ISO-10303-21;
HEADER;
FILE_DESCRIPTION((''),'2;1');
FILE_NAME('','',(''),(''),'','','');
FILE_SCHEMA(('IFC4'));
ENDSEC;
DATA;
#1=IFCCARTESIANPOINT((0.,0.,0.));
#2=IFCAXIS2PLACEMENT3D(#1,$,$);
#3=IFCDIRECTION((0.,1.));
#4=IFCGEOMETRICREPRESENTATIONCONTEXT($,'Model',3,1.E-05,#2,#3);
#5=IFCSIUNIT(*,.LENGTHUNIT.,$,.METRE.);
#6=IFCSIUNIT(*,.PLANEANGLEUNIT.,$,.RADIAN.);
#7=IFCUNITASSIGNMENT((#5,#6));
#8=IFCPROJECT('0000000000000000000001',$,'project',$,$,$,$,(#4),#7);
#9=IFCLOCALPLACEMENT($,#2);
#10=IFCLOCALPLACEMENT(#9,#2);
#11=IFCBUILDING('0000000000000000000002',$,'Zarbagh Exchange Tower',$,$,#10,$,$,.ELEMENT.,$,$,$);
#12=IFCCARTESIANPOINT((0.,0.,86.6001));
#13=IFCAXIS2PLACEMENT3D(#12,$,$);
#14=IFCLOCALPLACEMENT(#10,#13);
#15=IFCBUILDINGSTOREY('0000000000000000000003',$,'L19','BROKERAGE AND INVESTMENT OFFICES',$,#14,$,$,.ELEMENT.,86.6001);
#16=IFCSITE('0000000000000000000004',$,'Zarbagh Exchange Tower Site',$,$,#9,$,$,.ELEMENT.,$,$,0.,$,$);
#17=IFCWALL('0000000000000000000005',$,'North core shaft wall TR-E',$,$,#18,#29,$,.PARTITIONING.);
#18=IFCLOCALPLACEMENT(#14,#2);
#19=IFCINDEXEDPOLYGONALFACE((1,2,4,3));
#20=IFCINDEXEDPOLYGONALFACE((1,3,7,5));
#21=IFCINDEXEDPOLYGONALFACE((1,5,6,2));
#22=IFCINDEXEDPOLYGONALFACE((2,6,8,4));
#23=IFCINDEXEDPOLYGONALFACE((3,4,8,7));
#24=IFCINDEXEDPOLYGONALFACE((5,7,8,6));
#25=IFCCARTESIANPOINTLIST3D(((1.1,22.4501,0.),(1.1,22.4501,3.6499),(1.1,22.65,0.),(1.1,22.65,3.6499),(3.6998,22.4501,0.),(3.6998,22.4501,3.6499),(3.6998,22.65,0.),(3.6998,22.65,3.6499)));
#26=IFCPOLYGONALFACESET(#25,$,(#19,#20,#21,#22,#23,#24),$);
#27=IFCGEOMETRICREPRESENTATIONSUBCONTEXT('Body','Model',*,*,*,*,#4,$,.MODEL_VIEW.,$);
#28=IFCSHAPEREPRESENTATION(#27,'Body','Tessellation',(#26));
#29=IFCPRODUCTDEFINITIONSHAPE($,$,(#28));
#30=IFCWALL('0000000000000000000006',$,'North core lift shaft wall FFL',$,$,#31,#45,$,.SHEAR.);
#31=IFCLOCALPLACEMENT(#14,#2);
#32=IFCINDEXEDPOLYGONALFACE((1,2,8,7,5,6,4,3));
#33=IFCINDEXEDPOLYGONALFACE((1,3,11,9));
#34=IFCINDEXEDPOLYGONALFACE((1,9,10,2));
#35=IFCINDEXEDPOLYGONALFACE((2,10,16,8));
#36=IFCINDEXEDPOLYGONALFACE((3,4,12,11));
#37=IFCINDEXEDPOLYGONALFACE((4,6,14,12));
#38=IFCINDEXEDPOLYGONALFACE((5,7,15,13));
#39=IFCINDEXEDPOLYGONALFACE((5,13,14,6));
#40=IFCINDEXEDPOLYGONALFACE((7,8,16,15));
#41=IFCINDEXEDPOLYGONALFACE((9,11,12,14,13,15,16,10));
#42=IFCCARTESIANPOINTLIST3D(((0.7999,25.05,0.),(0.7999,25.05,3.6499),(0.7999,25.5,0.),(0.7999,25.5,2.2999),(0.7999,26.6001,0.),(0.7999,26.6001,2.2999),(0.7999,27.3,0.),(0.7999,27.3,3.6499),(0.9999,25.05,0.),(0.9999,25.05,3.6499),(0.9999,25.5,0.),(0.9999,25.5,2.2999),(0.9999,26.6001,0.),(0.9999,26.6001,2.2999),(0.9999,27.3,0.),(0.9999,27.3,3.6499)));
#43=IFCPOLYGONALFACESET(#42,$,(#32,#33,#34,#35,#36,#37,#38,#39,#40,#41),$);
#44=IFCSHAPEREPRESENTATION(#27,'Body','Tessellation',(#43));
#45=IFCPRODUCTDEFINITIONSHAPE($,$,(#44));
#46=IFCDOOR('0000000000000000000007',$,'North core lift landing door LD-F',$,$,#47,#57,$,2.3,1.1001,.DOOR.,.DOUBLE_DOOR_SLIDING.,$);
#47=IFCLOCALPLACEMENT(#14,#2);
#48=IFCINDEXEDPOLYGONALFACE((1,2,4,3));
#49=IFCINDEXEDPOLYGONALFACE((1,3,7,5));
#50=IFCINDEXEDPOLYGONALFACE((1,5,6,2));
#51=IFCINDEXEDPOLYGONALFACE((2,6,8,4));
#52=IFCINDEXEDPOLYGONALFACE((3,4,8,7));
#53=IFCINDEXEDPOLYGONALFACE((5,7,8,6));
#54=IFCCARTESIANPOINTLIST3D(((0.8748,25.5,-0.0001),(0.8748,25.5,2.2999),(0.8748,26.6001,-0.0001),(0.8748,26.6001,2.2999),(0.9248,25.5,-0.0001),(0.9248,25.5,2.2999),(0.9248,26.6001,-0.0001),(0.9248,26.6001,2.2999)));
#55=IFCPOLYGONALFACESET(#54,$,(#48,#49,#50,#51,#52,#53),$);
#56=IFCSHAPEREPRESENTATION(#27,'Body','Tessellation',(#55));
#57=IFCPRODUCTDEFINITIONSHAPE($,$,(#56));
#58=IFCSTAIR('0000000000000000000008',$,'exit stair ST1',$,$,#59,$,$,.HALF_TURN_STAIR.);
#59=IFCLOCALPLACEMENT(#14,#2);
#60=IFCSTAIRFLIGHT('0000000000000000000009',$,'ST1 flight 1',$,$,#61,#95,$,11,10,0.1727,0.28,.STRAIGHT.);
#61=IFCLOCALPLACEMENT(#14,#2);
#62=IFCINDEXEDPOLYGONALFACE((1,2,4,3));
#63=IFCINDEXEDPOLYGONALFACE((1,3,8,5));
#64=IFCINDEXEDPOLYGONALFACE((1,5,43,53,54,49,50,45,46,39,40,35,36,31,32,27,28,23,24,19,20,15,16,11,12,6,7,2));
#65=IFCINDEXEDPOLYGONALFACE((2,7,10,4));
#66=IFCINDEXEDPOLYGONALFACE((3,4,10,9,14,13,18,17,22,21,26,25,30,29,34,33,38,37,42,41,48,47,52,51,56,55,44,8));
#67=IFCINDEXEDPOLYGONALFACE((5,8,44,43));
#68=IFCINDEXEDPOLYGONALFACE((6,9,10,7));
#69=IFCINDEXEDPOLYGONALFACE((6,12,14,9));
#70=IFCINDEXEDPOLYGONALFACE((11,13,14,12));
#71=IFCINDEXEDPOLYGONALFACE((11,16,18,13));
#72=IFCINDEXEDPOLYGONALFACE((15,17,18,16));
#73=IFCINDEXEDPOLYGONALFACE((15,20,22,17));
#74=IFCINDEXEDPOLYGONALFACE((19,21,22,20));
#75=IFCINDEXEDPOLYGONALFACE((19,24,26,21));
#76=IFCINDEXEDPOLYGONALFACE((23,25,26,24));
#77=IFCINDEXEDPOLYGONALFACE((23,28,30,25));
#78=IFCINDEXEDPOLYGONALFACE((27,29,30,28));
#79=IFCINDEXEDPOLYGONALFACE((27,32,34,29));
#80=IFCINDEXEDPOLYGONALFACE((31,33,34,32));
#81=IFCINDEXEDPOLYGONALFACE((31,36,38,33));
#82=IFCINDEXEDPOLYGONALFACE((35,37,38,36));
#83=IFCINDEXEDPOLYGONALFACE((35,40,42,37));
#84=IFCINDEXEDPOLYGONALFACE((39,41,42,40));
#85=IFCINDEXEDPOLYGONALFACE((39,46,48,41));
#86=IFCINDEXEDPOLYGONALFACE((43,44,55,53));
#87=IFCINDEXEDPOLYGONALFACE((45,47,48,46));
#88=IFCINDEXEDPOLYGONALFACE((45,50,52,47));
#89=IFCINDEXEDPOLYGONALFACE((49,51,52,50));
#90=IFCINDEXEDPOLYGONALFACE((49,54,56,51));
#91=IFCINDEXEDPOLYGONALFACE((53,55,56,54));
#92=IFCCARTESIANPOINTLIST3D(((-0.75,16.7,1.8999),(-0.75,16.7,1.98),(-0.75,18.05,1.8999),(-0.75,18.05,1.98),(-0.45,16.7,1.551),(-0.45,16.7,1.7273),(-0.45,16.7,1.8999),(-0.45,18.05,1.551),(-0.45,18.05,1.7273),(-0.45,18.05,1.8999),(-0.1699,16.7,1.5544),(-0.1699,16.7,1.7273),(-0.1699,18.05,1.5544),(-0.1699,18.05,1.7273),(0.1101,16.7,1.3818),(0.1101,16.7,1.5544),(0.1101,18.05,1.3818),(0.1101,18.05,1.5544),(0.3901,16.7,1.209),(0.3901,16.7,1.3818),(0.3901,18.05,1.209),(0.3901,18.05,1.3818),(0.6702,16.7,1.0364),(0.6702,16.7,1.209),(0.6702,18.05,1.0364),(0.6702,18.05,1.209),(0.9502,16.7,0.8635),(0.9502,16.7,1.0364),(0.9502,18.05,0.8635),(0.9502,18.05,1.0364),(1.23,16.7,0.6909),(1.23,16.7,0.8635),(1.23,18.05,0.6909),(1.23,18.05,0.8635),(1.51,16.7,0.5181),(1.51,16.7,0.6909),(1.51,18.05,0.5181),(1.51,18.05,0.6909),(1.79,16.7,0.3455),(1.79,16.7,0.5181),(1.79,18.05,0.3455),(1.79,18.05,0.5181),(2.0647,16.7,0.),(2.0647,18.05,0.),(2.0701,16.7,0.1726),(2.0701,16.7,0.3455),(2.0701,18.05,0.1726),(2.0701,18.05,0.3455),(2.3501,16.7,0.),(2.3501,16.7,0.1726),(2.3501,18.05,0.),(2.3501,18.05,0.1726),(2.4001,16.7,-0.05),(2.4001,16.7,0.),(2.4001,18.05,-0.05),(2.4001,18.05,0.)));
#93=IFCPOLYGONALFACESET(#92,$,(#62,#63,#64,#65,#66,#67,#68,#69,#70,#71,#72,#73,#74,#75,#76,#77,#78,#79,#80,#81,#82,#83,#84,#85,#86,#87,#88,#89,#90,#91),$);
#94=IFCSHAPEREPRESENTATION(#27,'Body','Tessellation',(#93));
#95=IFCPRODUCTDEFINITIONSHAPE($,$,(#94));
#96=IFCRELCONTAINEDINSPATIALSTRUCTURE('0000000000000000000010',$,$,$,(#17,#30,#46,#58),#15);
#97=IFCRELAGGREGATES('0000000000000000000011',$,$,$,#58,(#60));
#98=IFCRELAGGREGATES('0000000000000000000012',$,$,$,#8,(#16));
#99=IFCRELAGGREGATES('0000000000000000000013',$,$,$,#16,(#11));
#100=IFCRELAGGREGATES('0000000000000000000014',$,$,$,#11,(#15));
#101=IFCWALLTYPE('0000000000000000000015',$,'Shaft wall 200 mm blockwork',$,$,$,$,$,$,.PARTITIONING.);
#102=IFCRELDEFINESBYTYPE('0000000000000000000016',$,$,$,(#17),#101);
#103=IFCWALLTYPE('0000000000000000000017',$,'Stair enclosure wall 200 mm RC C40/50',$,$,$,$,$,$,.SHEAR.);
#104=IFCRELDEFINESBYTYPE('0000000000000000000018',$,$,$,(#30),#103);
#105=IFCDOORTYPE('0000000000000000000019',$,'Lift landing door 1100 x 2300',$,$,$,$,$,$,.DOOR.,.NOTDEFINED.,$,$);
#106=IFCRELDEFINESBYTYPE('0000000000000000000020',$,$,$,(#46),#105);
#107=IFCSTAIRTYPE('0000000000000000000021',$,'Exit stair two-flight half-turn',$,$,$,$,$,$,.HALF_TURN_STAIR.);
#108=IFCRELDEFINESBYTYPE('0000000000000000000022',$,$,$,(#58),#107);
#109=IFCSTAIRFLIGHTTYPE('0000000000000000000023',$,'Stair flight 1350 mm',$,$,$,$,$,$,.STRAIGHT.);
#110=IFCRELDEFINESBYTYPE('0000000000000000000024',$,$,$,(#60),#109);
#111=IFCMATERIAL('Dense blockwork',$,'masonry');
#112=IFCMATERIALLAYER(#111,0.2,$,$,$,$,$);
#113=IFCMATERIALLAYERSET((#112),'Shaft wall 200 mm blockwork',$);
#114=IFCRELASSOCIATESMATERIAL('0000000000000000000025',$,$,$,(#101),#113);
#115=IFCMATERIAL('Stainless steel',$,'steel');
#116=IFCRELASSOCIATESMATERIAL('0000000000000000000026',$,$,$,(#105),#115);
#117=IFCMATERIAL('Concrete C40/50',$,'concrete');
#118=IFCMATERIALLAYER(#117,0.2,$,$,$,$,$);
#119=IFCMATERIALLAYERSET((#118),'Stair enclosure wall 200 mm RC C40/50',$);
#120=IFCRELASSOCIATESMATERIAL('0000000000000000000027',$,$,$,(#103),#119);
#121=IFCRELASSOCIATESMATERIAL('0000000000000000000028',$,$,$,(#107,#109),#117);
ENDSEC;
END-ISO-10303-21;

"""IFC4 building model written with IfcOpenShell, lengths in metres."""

from ifc_helpers import new_model, si_unit, direction, frame, frame_2d, origin, place, context, subcontext, project, spatial, polyline, rectangle, outline, extrude, material, layer, layer_set, type_object, element, fill, aggregate, save


model = new_model("IFC4")

# Units and contexts
model_context = context("Model", 3, precision=1e-05, world=origin(), true_north=direction((0.0, 1.0)))
body_context = subcontext(model_context, "Body", "Model", "MODEL_VIEW")
ifc_project = project(units=[si_unit("LENGTHUNIT", "METRE"), si_unit("PLANEANGLEUNIT", "RADIAN")], contexts=[model_context])

# Site, building, storey
site_placement = place(None, origin())
site = spatial("IfcSite", under=ifc_project, at=site_placement, Name="Zarbagh Exchange Tower Site", CompositionType="ELEMENT", RefElevation=0.0)
building_placement = place(site_placement, origin())
building = spatial("IfcBuilding", under=site, at=building_placement, Name="Zarbagh Exchange Tower", CompositionType="ELEMENT")
storey_placement = place(building_placement, frame((0.0, 0.0, 86.6001)))
storey = spatial("IfcBuildingStorey", under=building, at=storey_placement, Name="L19", Description="BROKERAGE AND INVESTMENT OFFICES", CompositionType="ELEMENT", Elevation=86.6001)

# Shared definitions
ifc_material_1 = material(Name="Dense blockwork", Category="masonry")

# Shared definitions
ifc_layer_1 = layer(ifc_material_1, 0.2)
ifc_layer_set_1 = layer_set([ifc_layer_1], Name="Shaft wall 200 mm blockwork")
wall_type_1 = type_object("IfcWallType", Name="Shaft wall 200 mm blockwork", PredefinedType="PARTITIONING", material=ifc_layer_set_1)

# Shared definitions
ifc_material_2 = material(Name="Stainless steel", Category="steel")
door_type_1 = type_object("IfcDoorType", Name="Lift landing door 1100 x 2300", OperationType="NOTDEFINED", PredefinedType="DOOR", material=ifc_material_2)

# Wall
wall_1_placement = place(storey_placement, frame((1.1001, 22.55, 0.0), z_axis=(0.0, 0.0, 1.0), x_axis=(1.0, 0.0, 0.0)))
element("IfcWall", 1, at=wall_1_placement, inside=storey, type_object=wall_type_1, Name="North core shaft wall TR-E", PredefinedType="PARTITIONING", context=body_context, shape_type="SweptSolid", body=[
    extrude(rectangle(XDim=2.5999, YDim=0.2, at=frame_2d((1.2998, 0.0))), origin(), (0.0, 0.0, 1.0), 3.6499),
])

# Wall, opening, door
ifc_material_3 = material(Name="Concrete C40/50", Category="concrete")
ifc_layer_2 = layer(ifc_material_3, 0.2)
ifc_layer_set_2 = layer_set([ifc_layer_2], Name="Stair enclosure wall 200 mm RC C40/50")
wall_type_2 = type_object("IfcWallType", Name="Stair enclosure wall 200 mm RC C40/50", PredefinedType="SHEAR", material=ifc_layer_set_2)
wall_2_placement = place(storey_placement, frame((0.8999, 27.3, 0.0), z_axis=(0.0, 0.0, 1.0), x_axis=(0.0, -1.0, 0.0)))
wall_2 = element("IfcWall", 2, at=wall_2_placement, inside=storey, type_object=wall_type_2, Name="North core lift shaft wall FFL", PredefinedType="SHEAR", context=body_context, shape_type="SweptSolid", body=[
    extrude(rectangle(XDim=2.25, YDim=0.2, at=frame_2d((1.125, 0.0))), origin(), (0.0, 0.0, 1.0), 3.6499),
])
opening_1_placement = place(wall_2_placement, frame((0.7, 0.0, 0.0)))
opening_1 = element("IfcOpeningElement", 3, at=opening_1_placement, cuts=wall_2, PredefinedType="OPENING", context=body_context, shape_type="SweptSolid", body=[
    extrude(rectangle(XDim=1.1001, YDim=2.3, at=frame_2d((0.55, 1.1499))), frame((0.0, 0.1099, 0.0), z_axis=(0.0, -1.0, 0.0), x_axis=(1.0, 0.0, 0.0)), (0.0, 0.0, 1.0), 0.22),
])
door_1_placement = place(opening_1_placement, origin())
door_1 = element("IfcDoor", 4, at=door_1_placement, inside=storey, type_object=door_type_1, Name="North core lift landing door LD-F", OperationType="DOUBLE_DOOR_SLIDING", OverallHeight=2.3, OverallWidth=1.1001, PredefinedType="DOOR", context=body_context, shape_type="SweptSolid", body=[
    extrude(rectangle(XDim=1.1001, YDim=2.3, at=frame_2d((0.55, 1.1499))), frame((0.0, 0.0249, 0.0), z_axis=(0.0, -1.0, 0.0), x_axis=(1.0, 0.0, 0.0)), (0.0, 0.0, 1.0), 0.05),
])
fill(opening_1, door_1)

# Stair, stair flight
stair_type = type_object("IfcStairType", Name="Exit stair two-flight half-turn", PredefinedType="HALF_TURN_STAIR", material=ifc_material_3)
stair_placement = place(storey_placement, origin())
stair = element("IfcStair", 5, at=stair_placement, inside=storey, type_object=stair_type, Name="exit stair ST1", PredefinedType="HALF_TURN_STAIR")
stair_flight_type = type_object("IfcStairFlightType", Name="Stair flight 1350 mm", PredefinedType="STRAIGHT", material=ifc_material_3)
stair_flight_placement = place(storey_placement, frame((2.3501, 17.375, 0.0), z_axis=(0.0, 0.0, 1.0), x_axis=(-1.0, 0.0, 0.0)))
stair_flight = element("IfcStairFlight", 6, at=stair_flight_placement, type_object=stair_flight_type, Name="ST1 flight 1", NumberOfRisers=11, NumberOfTreads=10, PredefinedType="STRAIGHT", RiserHeight=0.1727, TreadLength=0.28, context=body_context, shape_type="SweptSolid", body=[
    extrude(outline(polyline([(-0.05, -0.05), (-0.05, 0.0), (0.0, 0.0), (0.0, 0.1726), (0.28, 0.1726), (0.28, 0.3455), (0.5601, 0.3455), (0.5601, 0.5181), (0.8401, 0.5181), (0.8401, 0.6909), (1.1201, 0.6909), (1.1201, 0.8635), (1.3999, 0.8635), (1.3999, 1.0364), (1.6799, 1.0364), (1.6799, 1.209), (1.96, 1.209), (1.96, 1.3818), (2.24, 1.3818), (2.24, 1.5544), (2.52, 1.5544), (2.52, 1.7273), (2.8, 1.7273), (2.8, 1.8999), (3.1001, 1.98), (3.1001, 1.8999), (2.8, 1.551), (0.2854, 0.0), (-0.05, -0.05)])), frame((0.0, 0.675, 0.0), z_axis=(0.0, -1.0, 0.0), x_axis=(1.0, 0.0, 0.0)), (0.0, 0.0, 1.0), 1.3501),
])
aggregate(stair, [stair_flight])

save(model, "model.ifc")
